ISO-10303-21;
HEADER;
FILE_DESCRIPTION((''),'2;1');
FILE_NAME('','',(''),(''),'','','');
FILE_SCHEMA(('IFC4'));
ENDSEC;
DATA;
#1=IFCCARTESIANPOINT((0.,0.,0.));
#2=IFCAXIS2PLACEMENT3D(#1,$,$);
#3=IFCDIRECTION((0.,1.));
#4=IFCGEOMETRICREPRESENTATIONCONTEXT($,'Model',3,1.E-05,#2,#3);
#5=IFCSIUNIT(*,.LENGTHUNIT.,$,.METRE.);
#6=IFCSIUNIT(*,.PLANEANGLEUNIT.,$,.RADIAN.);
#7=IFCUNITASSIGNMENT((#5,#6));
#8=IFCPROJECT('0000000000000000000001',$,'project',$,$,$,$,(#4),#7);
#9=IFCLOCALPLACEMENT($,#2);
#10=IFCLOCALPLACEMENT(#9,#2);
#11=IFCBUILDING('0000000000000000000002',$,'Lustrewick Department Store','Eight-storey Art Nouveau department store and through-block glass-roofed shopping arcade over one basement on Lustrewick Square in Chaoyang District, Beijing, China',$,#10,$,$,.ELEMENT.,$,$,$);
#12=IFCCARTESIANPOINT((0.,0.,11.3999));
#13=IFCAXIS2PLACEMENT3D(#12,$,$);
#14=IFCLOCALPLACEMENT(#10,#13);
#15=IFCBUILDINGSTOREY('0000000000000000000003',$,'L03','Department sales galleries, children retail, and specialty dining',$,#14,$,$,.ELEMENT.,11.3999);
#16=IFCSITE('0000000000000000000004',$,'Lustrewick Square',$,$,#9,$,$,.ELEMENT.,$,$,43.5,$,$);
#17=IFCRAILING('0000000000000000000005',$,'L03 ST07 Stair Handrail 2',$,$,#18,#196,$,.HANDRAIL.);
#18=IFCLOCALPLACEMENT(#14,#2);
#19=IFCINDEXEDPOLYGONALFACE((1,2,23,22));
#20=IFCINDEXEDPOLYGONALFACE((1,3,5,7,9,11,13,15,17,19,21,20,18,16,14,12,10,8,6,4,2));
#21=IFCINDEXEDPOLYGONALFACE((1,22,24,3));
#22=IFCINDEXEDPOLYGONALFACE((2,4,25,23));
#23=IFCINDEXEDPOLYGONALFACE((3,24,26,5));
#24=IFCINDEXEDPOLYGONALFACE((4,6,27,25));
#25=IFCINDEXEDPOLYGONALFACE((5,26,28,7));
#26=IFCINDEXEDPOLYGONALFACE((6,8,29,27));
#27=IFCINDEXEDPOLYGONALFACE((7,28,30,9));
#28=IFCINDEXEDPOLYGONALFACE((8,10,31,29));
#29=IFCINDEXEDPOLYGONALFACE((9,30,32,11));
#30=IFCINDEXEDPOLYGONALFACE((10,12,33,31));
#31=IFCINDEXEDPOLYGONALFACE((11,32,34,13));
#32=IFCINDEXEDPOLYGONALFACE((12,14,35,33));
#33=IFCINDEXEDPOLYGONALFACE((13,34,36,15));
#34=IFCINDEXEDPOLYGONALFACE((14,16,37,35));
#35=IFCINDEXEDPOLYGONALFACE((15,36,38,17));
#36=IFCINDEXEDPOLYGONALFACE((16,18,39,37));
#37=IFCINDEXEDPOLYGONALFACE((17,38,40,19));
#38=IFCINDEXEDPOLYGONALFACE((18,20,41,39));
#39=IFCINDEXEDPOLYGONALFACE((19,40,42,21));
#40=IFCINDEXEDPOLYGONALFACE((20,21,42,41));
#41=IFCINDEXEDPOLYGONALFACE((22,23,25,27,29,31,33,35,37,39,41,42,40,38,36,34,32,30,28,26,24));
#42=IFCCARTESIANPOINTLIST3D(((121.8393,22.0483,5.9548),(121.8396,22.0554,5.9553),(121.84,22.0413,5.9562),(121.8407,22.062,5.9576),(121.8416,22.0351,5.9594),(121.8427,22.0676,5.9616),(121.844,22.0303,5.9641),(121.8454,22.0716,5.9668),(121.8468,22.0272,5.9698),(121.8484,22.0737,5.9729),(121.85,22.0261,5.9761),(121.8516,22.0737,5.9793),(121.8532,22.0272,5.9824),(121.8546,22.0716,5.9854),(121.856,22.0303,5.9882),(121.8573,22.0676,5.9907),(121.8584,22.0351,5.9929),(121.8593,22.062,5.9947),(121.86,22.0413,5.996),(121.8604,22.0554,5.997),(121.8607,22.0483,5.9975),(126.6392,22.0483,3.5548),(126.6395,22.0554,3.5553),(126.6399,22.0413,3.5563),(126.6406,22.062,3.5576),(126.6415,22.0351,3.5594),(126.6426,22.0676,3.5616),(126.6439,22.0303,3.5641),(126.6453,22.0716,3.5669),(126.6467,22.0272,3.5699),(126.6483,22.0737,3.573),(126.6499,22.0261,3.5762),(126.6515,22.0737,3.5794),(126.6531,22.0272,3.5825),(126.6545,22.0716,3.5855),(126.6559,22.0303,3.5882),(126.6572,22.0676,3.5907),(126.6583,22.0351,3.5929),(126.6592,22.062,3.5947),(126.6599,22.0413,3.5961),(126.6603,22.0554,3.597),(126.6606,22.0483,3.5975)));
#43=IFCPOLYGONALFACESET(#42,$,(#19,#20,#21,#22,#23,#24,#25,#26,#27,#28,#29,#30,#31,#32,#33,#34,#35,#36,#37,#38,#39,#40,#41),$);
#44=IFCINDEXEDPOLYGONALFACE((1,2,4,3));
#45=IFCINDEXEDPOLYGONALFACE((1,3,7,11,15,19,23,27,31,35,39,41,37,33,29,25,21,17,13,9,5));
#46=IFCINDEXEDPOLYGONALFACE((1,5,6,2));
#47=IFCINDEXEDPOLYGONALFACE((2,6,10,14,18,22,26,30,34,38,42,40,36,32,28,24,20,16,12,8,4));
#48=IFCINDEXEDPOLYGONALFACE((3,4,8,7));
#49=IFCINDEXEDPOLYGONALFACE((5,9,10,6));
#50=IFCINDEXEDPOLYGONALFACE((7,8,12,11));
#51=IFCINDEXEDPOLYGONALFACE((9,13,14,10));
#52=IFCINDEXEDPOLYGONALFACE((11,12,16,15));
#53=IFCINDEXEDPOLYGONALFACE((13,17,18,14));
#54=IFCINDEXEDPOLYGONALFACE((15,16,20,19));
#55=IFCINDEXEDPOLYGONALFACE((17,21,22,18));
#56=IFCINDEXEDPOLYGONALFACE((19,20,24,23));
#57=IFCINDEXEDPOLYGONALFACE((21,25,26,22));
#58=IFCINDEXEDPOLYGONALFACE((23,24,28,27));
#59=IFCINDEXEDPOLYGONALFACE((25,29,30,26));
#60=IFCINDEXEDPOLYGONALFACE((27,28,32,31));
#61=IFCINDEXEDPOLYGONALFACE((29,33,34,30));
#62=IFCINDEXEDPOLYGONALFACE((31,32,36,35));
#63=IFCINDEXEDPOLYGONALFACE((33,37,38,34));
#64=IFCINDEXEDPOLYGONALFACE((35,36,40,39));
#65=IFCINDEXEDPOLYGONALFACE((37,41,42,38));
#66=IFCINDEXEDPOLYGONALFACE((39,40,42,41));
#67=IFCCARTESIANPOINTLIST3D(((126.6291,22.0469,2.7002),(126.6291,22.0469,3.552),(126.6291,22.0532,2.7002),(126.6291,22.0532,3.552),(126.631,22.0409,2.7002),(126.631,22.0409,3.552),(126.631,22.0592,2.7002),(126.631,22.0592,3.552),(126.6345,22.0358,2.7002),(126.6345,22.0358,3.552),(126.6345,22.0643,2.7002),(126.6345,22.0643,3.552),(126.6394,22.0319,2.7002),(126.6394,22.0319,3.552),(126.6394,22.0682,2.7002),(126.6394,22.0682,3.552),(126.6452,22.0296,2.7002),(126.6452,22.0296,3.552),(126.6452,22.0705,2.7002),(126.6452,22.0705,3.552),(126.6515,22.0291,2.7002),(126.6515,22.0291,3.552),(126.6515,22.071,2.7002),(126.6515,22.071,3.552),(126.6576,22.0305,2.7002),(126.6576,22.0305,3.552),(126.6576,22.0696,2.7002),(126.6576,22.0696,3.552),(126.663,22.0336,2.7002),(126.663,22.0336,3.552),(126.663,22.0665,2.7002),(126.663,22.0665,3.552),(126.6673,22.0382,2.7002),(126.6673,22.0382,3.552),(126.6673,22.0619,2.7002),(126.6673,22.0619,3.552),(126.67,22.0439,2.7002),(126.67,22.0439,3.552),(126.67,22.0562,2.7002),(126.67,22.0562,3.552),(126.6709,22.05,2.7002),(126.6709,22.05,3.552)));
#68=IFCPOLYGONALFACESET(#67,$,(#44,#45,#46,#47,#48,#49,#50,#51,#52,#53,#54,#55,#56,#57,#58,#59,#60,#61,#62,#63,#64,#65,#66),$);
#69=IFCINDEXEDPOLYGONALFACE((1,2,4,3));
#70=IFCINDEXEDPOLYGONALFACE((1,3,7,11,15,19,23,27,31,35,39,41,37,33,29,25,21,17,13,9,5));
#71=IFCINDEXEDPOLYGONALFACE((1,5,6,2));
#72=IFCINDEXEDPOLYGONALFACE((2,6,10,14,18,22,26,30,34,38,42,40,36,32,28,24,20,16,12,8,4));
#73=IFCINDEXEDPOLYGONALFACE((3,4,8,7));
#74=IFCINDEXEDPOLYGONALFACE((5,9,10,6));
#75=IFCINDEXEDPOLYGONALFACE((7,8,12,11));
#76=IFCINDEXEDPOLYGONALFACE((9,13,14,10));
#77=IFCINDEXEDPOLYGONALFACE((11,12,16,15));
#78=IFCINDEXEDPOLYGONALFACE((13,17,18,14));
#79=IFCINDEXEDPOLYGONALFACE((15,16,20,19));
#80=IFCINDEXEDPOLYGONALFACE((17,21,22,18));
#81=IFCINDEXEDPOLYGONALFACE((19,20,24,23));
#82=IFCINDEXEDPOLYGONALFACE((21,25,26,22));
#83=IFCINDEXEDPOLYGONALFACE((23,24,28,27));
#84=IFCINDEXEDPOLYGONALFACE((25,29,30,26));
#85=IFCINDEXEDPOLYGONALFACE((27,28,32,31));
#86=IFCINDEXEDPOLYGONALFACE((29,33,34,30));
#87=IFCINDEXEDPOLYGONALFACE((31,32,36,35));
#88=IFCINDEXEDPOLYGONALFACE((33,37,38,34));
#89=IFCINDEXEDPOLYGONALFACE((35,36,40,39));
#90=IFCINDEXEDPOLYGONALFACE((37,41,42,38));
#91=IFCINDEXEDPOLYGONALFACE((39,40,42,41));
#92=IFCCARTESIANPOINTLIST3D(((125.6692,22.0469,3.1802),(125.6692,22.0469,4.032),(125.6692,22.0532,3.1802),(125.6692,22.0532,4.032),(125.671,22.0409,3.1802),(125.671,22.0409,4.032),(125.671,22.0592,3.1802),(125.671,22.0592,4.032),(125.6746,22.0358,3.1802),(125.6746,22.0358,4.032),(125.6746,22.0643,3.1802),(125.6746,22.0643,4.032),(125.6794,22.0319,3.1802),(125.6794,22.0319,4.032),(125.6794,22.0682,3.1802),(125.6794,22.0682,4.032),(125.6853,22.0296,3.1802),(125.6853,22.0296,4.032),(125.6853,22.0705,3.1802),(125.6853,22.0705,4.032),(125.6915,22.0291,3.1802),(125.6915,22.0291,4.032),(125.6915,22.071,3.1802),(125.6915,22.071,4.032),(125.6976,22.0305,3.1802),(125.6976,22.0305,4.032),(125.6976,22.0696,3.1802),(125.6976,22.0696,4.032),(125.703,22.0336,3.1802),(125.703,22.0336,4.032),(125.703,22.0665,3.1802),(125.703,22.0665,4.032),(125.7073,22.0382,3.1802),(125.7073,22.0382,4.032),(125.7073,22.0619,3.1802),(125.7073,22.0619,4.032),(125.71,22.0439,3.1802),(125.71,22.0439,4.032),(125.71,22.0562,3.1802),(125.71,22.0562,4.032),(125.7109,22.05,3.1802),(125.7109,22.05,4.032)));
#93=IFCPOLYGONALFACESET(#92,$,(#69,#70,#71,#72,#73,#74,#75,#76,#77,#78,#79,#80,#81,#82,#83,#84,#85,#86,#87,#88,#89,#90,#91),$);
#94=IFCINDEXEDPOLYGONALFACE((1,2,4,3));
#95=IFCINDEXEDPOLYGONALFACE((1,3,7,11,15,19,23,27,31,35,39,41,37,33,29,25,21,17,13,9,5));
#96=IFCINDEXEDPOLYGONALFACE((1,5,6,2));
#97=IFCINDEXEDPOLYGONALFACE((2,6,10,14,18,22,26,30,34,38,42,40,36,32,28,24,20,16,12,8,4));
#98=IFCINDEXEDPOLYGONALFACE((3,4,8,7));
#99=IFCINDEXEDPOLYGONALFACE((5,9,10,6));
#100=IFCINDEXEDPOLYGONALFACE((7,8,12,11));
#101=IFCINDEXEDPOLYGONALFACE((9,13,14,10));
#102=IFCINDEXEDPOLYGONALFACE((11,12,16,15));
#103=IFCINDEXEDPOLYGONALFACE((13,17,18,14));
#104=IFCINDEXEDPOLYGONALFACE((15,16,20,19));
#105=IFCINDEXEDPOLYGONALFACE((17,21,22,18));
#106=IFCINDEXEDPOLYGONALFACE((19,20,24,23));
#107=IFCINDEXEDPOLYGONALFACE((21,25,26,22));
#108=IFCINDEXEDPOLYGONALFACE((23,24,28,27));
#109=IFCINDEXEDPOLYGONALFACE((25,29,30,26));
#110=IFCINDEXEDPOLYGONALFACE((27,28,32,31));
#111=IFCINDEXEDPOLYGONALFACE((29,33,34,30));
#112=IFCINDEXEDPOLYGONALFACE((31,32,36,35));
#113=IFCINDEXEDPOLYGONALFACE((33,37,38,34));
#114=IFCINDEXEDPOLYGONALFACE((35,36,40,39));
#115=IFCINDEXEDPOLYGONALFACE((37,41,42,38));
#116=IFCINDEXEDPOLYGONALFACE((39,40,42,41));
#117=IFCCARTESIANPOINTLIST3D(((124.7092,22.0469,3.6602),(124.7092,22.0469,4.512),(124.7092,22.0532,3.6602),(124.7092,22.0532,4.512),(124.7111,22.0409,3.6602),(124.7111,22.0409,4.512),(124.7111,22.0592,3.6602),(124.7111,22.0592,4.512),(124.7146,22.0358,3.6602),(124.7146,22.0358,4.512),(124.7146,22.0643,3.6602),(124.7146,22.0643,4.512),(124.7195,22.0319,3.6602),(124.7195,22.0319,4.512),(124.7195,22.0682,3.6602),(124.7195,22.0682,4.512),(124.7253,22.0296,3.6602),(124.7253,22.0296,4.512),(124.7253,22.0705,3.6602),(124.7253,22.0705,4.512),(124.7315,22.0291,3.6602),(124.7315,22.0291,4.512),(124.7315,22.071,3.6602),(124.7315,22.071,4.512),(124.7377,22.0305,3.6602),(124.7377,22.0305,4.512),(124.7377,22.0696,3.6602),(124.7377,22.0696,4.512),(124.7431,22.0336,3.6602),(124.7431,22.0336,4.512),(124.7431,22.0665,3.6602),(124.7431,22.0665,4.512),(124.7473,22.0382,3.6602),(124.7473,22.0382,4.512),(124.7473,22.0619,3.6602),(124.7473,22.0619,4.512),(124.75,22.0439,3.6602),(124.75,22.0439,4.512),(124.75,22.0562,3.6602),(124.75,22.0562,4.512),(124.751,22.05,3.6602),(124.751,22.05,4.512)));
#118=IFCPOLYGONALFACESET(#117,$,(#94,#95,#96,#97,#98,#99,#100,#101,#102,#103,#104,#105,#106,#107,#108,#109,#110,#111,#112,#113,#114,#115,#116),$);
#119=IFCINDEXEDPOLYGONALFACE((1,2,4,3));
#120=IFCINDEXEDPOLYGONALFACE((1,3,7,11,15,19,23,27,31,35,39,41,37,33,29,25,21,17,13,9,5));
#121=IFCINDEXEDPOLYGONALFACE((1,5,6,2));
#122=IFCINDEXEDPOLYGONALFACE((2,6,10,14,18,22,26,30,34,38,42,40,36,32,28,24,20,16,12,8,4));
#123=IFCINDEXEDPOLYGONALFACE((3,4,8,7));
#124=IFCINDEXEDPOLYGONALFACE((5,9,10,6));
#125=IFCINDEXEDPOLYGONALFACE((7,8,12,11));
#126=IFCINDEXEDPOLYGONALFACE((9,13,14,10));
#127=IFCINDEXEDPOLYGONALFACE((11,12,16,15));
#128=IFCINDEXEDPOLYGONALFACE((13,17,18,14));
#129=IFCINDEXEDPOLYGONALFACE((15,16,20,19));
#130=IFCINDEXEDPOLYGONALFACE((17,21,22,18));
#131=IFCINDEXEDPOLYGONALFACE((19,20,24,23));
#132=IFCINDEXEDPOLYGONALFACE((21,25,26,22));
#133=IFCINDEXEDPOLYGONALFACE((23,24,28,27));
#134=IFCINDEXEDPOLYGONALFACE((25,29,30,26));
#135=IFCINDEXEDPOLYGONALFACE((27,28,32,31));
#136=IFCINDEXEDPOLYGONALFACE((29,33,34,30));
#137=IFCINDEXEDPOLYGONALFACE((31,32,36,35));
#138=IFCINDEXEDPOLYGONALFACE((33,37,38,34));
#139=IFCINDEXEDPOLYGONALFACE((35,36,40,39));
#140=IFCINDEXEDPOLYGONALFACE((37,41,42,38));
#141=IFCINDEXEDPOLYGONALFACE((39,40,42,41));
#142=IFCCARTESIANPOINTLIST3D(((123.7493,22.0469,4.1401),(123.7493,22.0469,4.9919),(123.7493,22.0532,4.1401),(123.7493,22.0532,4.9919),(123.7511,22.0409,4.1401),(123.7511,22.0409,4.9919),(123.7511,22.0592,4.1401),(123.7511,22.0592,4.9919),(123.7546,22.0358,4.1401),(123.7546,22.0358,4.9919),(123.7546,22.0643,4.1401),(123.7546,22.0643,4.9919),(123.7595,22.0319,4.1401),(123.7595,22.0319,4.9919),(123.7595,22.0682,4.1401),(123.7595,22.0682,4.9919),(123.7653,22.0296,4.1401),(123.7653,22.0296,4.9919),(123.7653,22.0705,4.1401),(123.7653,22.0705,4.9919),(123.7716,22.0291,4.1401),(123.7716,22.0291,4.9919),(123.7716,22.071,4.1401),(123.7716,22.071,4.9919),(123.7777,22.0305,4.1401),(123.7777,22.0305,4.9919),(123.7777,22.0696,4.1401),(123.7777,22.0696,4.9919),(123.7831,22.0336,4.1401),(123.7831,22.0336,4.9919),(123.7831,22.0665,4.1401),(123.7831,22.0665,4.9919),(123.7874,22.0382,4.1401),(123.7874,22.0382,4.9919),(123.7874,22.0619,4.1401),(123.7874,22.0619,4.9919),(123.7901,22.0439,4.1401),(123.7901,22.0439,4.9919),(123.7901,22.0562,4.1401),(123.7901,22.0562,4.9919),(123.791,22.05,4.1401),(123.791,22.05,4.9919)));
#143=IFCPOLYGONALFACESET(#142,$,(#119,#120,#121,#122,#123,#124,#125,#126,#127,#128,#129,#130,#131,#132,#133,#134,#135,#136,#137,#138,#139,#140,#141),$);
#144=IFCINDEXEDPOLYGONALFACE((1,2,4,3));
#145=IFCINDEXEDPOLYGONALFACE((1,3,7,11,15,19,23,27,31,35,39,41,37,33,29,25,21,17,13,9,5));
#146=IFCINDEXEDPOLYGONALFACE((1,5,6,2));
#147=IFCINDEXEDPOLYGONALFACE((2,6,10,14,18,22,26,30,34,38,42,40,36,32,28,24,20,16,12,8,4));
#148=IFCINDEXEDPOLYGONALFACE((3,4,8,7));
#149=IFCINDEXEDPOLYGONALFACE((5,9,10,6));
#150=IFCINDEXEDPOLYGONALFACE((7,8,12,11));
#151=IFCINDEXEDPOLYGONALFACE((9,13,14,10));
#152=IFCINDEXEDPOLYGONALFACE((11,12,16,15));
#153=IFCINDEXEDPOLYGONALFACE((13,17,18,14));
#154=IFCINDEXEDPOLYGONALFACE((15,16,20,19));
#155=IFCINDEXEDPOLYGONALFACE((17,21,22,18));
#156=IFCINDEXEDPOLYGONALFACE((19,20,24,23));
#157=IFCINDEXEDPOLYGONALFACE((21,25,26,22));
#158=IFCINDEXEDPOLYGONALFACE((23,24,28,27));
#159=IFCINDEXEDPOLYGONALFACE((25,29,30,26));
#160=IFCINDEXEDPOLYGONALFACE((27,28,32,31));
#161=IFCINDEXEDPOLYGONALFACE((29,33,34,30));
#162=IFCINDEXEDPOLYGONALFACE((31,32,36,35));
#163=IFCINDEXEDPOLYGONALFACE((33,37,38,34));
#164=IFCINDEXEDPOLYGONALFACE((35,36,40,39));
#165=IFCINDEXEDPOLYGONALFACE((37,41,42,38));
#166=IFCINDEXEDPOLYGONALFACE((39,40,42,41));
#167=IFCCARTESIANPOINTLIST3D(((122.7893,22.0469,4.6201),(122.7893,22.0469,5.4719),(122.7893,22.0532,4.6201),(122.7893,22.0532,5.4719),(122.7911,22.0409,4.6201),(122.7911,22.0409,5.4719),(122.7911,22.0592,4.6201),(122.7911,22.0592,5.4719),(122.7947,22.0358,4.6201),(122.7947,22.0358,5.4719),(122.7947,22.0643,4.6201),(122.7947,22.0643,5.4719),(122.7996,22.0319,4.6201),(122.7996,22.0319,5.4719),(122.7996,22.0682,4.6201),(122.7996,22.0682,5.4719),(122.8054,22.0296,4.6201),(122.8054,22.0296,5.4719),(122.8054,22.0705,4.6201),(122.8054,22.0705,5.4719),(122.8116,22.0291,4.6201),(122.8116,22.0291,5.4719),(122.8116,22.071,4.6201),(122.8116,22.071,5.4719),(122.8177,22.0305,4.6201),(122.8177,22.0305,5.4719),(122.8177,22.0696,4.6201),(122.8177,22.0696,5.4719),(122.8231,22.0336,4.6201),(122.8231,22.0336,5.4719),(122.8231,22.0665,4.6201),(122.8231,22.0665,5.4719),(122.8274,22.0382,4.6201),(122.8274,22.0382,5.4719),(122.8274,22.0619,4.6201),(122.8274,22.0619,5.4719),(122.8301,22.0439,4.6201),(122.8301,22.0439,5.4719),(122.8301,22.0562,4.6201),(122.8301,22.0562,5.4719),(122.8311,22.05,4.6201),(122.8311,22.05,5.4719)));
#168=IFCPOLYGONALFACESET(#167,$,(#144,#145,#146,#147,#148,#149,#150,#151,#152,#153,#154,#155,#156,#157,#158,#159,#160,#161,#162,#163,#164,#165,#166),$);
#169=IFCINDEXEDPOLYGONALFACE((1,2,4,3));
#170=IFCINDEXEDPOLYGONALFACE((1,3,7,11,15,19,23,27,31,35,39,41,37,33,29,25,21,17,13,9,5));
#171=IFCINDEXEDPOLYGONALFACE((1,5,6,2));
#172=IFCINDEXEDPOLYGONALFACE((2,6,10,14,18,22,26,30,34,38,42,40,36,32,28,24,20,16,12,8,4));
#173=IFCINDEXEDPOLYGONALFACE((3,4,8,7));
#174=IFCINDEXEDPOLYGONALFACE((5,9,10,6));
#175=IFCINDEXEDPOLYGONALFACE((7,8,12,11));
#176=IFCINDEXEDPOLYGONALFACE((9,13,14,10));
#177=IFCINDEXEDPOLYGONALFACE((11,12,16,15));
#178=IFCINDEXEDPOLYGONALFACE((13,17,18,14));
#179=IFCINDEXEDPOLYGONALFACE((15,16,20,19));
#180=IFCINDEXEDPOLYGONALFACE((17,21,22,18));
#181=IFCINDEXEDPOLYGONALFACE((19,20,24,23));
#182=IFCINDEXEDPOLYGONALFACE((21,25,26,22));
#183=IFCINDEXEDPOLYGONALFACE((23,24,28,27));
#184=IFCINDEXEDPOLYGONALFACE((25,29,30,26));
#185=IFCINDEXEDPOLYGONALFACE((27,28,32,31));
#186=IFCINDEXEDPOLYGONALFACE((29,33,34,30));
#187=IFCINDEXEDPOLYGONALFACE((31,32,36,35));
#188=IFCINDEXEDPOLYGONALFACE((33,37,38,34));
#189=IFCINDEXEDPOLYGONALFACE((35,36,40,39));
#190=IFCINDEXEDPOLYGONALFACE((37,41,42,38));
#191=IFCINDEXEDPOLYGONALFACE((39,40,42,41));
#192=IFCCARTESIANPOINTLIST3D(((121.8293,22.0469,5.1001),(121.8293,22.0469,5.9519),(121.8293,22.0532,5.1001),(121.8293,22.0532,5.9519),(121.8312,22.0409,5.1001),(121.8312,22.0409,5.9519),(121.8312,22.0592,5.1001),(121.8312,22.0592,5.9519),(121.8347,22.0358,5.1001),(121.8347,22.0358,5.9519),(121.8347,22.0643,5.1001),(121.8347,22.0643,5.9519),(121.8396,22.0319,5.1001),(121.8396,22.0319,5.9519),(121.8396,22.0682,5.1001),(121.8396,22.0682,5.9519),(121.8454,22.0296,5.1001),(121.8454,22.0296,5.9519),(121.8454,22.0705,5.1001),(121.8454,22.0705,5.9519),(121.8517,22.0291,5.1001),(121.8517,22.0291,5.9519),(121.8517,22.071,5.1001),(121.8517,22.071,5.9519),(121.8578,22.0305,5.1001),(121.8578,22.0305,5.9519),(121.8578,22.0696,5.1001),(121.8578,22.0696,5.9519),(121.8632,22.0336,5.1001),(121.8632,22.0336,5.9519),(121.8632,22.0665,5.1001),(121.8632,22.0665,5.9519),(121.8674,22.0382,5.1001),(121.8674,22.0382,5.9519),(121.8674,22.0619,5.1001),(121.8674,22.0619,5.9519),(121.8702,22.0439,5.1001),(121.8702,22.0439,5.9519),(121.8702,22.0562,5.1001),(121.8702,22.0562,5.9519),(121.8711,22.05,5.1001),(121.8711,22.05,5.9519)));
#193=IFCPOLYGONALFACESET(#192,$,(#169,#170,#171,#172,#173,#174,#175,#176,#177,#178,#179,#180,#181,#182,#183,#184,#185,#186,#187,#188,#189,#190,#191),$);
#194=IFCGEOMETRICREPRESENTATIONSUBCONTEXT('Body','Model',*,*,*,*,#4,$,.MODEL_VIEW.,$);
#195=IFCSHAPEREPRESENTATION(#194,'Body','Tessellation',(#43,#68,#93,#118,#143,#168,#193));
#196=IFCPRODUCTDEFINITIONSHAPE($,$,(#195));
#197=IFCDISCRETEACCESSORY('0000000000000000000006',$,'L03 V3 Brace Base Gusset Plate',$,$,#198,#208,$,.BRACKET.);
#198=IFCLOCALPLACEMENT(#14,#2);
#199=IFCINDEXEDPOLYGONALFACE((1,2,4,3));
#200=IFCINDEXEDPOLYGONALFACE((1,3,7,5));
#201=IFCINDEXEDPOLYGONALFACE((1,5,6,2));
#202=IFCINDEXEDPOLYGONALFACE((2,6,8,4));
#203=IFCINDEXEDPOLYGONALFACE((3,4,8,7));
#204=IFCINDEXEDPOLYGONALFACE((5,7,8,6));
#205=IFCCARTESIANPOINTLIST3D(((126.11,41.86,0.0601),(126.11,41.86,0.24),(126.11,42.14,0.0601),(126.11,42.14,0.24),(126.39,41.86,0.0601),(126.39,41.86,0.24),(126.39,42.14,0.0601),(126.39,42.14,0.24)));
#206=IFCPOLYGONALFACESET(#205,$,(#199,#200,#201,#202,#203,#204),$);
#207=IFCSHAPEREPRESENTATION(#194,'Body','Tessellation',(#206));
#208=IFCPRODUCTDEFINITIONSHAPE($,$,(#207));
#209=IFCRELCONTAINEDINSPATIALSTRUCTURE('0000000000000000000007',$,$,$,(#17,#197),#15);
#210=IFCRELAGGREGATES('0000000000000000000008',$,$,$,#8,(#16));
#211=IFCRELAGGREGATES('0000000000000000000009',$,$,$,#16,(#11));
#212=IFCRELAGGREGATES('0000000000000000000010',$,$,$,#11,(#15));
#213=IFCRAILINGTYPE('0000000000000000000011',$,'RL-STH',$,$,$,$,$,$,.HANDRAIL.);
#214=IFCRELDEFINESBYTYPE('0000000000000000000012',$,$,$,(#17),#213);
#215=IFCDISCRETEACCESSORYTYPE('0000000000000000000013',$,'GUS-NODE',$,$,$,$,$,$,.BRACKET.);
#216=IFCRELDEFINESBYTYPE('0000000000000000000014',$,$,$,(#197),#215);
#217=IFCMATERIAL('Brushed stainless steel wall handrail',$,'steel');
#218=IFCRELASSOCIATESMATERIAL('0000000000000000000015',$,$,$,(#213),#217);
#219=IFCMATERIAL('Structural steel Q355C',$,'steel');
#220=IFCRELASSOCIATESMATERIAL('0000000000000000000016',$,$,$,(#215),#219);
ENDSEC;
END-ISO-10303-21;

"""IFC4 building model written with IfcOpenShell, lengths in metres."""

from ifc_helpers import new_model, si_unit, direction, frame, origin, origin_2d, place, context, subcontext, project, spatial, rectangle, circle, extrude, material, type_object, element, save


model = new_model("IFC4")

# Units and contexts
model_context = context("Model", 3, precision=1e-05, world=origin(), true_north=direction((0.0, 1.0)))
body_context = subcontext(model_context, "Body", "Model", "MODEL_VIEW")
ifc_project = project(units=[si_unit("LENGTHUNIT", "METRE"), si_unit("PLANEANGLEUNIT", "RADIAN")], contexts=[model_context])

# Site, building, storey
site_placement = place(None, origin())
site = spatial("IfcSite", under=ifc_project, at=site_placement, Name="Lustrewick Square", CompositionType="ELEMENT", RefElevation=43.5)
building_placement = place(site_placement, origin())
building = spatial("IfcBuilding", under=site, at=building_placement, Name="Lustrewick Department Store", Description="Eight-storey Art Nouveau department store and through-block glass-roofed shopping arcade over one basement on Lustrewick Square in Chaoyang District, Beijing, China", CompositionType="ELEMENT")
storey_placement = place(building_placement, frame((0.0, 0.0, 11.3999)))
storey = spatial("IfcBuildingStorey", under=building, at=storey_placement, Name="L03", Description="Department sales galleries, children retail, and specialty dining", CompositionType="ELEMENT", Elevation=11.3999)

# Shared definitions
ifc_material_1 = material(Name="Structural steel Q355C", Category="steel")

# Railing
ifc_material_2 = material(Name="Brushed stainless steel wall handrail", Category="steel")
railing_type_1 = type_object("IfcRailingType", Name="RL-STH", PredefinedType="HANDRAIL", material=ifc_material_2)
railing_1_placement = place(storey_placement, frame((126.6499, 22.05, 2.7002)))
element("IfcRailing", 1, at=railing_1_placement, inside=storey, type_object=railing_type_1, Name="L03 ST07 Stair Handrail 2", PredefinedType="HANDRAIL", context=body_context, shape_type="SweptSolid", body=[
    extrude(circle(Radius=0.0239, at=origin_2d()), frame((0.0, 0.0, 0.876), z_axis=(-0.894427, 0.0, 0.447214), x_axis=(0.0, -1.0, 0.0)), (0.0, 0.0, 1.0), 5.3665),
    extrude(circle(Radius=0.021, at=origin_2d()), origin(), (0.0, 0.0, 1.0), 0.8518),
    extrude(circle(Radius=0.021, at=origin_2d()), frame((-0.96, 0.0, 0.48)), (0.0, 0.0, 1.0), 0.8518),
    extrude(circle(Radius=0.021, at=origin_2d()), frame((-1.9199, 0.0, 0.96)), (0.0, 0.0, 1.0), 0.8518),
    extrude(circle(Radius=0.021, at=origin_2d()), frame((-2.8799, 0.0, 1.4399)), (0.0, 0.0, 1.0), 0.8518),
    extrude(circle(Radius=0.021, at=origin_2d()), frame((-3.8398, 0.0, 1.9199)), (0.0, 0.0, 1.0), 0.8518),
    extrude(circle(Radius=0.021, at=origin_2d()), frame((-4.7998, 0.0, 2.3999)), (0.0, 0.0, 1.0), 0.8518),
])

# Discrete accessory
discrete_accessory_type = type_object("IfcDiscreteAccessoryType", Name="GUS-NODE", PredefinedType="BRACKET", material=ifc_material_1)
for number, where, z_axis, x_axis, name in (
    (2, (126.25, 42.0, 0.0601), (0.0, 0.0, 1.0), (1.0, 0.0, 0.0), "L03 V3 Brace Base Gusset Plate"),
):
    element("IfcDiscreteAccessory", number, at=place(storey_placement, frame(where, z_axis=z_axis, x_axis=x_axis)), inside=storey, type_object=discrete_accessory_type, Name=name, PredefinedType="BRACKET", context=body_context, shape_type="SweptSolid", body=[
        extrude(rectangle(XDim=0.28, YDim=0.28, at=origin_2d()), origin(), (0.0, 0.0, 1.0), 0.1799),
    ])

save(model, "model.ifc")
